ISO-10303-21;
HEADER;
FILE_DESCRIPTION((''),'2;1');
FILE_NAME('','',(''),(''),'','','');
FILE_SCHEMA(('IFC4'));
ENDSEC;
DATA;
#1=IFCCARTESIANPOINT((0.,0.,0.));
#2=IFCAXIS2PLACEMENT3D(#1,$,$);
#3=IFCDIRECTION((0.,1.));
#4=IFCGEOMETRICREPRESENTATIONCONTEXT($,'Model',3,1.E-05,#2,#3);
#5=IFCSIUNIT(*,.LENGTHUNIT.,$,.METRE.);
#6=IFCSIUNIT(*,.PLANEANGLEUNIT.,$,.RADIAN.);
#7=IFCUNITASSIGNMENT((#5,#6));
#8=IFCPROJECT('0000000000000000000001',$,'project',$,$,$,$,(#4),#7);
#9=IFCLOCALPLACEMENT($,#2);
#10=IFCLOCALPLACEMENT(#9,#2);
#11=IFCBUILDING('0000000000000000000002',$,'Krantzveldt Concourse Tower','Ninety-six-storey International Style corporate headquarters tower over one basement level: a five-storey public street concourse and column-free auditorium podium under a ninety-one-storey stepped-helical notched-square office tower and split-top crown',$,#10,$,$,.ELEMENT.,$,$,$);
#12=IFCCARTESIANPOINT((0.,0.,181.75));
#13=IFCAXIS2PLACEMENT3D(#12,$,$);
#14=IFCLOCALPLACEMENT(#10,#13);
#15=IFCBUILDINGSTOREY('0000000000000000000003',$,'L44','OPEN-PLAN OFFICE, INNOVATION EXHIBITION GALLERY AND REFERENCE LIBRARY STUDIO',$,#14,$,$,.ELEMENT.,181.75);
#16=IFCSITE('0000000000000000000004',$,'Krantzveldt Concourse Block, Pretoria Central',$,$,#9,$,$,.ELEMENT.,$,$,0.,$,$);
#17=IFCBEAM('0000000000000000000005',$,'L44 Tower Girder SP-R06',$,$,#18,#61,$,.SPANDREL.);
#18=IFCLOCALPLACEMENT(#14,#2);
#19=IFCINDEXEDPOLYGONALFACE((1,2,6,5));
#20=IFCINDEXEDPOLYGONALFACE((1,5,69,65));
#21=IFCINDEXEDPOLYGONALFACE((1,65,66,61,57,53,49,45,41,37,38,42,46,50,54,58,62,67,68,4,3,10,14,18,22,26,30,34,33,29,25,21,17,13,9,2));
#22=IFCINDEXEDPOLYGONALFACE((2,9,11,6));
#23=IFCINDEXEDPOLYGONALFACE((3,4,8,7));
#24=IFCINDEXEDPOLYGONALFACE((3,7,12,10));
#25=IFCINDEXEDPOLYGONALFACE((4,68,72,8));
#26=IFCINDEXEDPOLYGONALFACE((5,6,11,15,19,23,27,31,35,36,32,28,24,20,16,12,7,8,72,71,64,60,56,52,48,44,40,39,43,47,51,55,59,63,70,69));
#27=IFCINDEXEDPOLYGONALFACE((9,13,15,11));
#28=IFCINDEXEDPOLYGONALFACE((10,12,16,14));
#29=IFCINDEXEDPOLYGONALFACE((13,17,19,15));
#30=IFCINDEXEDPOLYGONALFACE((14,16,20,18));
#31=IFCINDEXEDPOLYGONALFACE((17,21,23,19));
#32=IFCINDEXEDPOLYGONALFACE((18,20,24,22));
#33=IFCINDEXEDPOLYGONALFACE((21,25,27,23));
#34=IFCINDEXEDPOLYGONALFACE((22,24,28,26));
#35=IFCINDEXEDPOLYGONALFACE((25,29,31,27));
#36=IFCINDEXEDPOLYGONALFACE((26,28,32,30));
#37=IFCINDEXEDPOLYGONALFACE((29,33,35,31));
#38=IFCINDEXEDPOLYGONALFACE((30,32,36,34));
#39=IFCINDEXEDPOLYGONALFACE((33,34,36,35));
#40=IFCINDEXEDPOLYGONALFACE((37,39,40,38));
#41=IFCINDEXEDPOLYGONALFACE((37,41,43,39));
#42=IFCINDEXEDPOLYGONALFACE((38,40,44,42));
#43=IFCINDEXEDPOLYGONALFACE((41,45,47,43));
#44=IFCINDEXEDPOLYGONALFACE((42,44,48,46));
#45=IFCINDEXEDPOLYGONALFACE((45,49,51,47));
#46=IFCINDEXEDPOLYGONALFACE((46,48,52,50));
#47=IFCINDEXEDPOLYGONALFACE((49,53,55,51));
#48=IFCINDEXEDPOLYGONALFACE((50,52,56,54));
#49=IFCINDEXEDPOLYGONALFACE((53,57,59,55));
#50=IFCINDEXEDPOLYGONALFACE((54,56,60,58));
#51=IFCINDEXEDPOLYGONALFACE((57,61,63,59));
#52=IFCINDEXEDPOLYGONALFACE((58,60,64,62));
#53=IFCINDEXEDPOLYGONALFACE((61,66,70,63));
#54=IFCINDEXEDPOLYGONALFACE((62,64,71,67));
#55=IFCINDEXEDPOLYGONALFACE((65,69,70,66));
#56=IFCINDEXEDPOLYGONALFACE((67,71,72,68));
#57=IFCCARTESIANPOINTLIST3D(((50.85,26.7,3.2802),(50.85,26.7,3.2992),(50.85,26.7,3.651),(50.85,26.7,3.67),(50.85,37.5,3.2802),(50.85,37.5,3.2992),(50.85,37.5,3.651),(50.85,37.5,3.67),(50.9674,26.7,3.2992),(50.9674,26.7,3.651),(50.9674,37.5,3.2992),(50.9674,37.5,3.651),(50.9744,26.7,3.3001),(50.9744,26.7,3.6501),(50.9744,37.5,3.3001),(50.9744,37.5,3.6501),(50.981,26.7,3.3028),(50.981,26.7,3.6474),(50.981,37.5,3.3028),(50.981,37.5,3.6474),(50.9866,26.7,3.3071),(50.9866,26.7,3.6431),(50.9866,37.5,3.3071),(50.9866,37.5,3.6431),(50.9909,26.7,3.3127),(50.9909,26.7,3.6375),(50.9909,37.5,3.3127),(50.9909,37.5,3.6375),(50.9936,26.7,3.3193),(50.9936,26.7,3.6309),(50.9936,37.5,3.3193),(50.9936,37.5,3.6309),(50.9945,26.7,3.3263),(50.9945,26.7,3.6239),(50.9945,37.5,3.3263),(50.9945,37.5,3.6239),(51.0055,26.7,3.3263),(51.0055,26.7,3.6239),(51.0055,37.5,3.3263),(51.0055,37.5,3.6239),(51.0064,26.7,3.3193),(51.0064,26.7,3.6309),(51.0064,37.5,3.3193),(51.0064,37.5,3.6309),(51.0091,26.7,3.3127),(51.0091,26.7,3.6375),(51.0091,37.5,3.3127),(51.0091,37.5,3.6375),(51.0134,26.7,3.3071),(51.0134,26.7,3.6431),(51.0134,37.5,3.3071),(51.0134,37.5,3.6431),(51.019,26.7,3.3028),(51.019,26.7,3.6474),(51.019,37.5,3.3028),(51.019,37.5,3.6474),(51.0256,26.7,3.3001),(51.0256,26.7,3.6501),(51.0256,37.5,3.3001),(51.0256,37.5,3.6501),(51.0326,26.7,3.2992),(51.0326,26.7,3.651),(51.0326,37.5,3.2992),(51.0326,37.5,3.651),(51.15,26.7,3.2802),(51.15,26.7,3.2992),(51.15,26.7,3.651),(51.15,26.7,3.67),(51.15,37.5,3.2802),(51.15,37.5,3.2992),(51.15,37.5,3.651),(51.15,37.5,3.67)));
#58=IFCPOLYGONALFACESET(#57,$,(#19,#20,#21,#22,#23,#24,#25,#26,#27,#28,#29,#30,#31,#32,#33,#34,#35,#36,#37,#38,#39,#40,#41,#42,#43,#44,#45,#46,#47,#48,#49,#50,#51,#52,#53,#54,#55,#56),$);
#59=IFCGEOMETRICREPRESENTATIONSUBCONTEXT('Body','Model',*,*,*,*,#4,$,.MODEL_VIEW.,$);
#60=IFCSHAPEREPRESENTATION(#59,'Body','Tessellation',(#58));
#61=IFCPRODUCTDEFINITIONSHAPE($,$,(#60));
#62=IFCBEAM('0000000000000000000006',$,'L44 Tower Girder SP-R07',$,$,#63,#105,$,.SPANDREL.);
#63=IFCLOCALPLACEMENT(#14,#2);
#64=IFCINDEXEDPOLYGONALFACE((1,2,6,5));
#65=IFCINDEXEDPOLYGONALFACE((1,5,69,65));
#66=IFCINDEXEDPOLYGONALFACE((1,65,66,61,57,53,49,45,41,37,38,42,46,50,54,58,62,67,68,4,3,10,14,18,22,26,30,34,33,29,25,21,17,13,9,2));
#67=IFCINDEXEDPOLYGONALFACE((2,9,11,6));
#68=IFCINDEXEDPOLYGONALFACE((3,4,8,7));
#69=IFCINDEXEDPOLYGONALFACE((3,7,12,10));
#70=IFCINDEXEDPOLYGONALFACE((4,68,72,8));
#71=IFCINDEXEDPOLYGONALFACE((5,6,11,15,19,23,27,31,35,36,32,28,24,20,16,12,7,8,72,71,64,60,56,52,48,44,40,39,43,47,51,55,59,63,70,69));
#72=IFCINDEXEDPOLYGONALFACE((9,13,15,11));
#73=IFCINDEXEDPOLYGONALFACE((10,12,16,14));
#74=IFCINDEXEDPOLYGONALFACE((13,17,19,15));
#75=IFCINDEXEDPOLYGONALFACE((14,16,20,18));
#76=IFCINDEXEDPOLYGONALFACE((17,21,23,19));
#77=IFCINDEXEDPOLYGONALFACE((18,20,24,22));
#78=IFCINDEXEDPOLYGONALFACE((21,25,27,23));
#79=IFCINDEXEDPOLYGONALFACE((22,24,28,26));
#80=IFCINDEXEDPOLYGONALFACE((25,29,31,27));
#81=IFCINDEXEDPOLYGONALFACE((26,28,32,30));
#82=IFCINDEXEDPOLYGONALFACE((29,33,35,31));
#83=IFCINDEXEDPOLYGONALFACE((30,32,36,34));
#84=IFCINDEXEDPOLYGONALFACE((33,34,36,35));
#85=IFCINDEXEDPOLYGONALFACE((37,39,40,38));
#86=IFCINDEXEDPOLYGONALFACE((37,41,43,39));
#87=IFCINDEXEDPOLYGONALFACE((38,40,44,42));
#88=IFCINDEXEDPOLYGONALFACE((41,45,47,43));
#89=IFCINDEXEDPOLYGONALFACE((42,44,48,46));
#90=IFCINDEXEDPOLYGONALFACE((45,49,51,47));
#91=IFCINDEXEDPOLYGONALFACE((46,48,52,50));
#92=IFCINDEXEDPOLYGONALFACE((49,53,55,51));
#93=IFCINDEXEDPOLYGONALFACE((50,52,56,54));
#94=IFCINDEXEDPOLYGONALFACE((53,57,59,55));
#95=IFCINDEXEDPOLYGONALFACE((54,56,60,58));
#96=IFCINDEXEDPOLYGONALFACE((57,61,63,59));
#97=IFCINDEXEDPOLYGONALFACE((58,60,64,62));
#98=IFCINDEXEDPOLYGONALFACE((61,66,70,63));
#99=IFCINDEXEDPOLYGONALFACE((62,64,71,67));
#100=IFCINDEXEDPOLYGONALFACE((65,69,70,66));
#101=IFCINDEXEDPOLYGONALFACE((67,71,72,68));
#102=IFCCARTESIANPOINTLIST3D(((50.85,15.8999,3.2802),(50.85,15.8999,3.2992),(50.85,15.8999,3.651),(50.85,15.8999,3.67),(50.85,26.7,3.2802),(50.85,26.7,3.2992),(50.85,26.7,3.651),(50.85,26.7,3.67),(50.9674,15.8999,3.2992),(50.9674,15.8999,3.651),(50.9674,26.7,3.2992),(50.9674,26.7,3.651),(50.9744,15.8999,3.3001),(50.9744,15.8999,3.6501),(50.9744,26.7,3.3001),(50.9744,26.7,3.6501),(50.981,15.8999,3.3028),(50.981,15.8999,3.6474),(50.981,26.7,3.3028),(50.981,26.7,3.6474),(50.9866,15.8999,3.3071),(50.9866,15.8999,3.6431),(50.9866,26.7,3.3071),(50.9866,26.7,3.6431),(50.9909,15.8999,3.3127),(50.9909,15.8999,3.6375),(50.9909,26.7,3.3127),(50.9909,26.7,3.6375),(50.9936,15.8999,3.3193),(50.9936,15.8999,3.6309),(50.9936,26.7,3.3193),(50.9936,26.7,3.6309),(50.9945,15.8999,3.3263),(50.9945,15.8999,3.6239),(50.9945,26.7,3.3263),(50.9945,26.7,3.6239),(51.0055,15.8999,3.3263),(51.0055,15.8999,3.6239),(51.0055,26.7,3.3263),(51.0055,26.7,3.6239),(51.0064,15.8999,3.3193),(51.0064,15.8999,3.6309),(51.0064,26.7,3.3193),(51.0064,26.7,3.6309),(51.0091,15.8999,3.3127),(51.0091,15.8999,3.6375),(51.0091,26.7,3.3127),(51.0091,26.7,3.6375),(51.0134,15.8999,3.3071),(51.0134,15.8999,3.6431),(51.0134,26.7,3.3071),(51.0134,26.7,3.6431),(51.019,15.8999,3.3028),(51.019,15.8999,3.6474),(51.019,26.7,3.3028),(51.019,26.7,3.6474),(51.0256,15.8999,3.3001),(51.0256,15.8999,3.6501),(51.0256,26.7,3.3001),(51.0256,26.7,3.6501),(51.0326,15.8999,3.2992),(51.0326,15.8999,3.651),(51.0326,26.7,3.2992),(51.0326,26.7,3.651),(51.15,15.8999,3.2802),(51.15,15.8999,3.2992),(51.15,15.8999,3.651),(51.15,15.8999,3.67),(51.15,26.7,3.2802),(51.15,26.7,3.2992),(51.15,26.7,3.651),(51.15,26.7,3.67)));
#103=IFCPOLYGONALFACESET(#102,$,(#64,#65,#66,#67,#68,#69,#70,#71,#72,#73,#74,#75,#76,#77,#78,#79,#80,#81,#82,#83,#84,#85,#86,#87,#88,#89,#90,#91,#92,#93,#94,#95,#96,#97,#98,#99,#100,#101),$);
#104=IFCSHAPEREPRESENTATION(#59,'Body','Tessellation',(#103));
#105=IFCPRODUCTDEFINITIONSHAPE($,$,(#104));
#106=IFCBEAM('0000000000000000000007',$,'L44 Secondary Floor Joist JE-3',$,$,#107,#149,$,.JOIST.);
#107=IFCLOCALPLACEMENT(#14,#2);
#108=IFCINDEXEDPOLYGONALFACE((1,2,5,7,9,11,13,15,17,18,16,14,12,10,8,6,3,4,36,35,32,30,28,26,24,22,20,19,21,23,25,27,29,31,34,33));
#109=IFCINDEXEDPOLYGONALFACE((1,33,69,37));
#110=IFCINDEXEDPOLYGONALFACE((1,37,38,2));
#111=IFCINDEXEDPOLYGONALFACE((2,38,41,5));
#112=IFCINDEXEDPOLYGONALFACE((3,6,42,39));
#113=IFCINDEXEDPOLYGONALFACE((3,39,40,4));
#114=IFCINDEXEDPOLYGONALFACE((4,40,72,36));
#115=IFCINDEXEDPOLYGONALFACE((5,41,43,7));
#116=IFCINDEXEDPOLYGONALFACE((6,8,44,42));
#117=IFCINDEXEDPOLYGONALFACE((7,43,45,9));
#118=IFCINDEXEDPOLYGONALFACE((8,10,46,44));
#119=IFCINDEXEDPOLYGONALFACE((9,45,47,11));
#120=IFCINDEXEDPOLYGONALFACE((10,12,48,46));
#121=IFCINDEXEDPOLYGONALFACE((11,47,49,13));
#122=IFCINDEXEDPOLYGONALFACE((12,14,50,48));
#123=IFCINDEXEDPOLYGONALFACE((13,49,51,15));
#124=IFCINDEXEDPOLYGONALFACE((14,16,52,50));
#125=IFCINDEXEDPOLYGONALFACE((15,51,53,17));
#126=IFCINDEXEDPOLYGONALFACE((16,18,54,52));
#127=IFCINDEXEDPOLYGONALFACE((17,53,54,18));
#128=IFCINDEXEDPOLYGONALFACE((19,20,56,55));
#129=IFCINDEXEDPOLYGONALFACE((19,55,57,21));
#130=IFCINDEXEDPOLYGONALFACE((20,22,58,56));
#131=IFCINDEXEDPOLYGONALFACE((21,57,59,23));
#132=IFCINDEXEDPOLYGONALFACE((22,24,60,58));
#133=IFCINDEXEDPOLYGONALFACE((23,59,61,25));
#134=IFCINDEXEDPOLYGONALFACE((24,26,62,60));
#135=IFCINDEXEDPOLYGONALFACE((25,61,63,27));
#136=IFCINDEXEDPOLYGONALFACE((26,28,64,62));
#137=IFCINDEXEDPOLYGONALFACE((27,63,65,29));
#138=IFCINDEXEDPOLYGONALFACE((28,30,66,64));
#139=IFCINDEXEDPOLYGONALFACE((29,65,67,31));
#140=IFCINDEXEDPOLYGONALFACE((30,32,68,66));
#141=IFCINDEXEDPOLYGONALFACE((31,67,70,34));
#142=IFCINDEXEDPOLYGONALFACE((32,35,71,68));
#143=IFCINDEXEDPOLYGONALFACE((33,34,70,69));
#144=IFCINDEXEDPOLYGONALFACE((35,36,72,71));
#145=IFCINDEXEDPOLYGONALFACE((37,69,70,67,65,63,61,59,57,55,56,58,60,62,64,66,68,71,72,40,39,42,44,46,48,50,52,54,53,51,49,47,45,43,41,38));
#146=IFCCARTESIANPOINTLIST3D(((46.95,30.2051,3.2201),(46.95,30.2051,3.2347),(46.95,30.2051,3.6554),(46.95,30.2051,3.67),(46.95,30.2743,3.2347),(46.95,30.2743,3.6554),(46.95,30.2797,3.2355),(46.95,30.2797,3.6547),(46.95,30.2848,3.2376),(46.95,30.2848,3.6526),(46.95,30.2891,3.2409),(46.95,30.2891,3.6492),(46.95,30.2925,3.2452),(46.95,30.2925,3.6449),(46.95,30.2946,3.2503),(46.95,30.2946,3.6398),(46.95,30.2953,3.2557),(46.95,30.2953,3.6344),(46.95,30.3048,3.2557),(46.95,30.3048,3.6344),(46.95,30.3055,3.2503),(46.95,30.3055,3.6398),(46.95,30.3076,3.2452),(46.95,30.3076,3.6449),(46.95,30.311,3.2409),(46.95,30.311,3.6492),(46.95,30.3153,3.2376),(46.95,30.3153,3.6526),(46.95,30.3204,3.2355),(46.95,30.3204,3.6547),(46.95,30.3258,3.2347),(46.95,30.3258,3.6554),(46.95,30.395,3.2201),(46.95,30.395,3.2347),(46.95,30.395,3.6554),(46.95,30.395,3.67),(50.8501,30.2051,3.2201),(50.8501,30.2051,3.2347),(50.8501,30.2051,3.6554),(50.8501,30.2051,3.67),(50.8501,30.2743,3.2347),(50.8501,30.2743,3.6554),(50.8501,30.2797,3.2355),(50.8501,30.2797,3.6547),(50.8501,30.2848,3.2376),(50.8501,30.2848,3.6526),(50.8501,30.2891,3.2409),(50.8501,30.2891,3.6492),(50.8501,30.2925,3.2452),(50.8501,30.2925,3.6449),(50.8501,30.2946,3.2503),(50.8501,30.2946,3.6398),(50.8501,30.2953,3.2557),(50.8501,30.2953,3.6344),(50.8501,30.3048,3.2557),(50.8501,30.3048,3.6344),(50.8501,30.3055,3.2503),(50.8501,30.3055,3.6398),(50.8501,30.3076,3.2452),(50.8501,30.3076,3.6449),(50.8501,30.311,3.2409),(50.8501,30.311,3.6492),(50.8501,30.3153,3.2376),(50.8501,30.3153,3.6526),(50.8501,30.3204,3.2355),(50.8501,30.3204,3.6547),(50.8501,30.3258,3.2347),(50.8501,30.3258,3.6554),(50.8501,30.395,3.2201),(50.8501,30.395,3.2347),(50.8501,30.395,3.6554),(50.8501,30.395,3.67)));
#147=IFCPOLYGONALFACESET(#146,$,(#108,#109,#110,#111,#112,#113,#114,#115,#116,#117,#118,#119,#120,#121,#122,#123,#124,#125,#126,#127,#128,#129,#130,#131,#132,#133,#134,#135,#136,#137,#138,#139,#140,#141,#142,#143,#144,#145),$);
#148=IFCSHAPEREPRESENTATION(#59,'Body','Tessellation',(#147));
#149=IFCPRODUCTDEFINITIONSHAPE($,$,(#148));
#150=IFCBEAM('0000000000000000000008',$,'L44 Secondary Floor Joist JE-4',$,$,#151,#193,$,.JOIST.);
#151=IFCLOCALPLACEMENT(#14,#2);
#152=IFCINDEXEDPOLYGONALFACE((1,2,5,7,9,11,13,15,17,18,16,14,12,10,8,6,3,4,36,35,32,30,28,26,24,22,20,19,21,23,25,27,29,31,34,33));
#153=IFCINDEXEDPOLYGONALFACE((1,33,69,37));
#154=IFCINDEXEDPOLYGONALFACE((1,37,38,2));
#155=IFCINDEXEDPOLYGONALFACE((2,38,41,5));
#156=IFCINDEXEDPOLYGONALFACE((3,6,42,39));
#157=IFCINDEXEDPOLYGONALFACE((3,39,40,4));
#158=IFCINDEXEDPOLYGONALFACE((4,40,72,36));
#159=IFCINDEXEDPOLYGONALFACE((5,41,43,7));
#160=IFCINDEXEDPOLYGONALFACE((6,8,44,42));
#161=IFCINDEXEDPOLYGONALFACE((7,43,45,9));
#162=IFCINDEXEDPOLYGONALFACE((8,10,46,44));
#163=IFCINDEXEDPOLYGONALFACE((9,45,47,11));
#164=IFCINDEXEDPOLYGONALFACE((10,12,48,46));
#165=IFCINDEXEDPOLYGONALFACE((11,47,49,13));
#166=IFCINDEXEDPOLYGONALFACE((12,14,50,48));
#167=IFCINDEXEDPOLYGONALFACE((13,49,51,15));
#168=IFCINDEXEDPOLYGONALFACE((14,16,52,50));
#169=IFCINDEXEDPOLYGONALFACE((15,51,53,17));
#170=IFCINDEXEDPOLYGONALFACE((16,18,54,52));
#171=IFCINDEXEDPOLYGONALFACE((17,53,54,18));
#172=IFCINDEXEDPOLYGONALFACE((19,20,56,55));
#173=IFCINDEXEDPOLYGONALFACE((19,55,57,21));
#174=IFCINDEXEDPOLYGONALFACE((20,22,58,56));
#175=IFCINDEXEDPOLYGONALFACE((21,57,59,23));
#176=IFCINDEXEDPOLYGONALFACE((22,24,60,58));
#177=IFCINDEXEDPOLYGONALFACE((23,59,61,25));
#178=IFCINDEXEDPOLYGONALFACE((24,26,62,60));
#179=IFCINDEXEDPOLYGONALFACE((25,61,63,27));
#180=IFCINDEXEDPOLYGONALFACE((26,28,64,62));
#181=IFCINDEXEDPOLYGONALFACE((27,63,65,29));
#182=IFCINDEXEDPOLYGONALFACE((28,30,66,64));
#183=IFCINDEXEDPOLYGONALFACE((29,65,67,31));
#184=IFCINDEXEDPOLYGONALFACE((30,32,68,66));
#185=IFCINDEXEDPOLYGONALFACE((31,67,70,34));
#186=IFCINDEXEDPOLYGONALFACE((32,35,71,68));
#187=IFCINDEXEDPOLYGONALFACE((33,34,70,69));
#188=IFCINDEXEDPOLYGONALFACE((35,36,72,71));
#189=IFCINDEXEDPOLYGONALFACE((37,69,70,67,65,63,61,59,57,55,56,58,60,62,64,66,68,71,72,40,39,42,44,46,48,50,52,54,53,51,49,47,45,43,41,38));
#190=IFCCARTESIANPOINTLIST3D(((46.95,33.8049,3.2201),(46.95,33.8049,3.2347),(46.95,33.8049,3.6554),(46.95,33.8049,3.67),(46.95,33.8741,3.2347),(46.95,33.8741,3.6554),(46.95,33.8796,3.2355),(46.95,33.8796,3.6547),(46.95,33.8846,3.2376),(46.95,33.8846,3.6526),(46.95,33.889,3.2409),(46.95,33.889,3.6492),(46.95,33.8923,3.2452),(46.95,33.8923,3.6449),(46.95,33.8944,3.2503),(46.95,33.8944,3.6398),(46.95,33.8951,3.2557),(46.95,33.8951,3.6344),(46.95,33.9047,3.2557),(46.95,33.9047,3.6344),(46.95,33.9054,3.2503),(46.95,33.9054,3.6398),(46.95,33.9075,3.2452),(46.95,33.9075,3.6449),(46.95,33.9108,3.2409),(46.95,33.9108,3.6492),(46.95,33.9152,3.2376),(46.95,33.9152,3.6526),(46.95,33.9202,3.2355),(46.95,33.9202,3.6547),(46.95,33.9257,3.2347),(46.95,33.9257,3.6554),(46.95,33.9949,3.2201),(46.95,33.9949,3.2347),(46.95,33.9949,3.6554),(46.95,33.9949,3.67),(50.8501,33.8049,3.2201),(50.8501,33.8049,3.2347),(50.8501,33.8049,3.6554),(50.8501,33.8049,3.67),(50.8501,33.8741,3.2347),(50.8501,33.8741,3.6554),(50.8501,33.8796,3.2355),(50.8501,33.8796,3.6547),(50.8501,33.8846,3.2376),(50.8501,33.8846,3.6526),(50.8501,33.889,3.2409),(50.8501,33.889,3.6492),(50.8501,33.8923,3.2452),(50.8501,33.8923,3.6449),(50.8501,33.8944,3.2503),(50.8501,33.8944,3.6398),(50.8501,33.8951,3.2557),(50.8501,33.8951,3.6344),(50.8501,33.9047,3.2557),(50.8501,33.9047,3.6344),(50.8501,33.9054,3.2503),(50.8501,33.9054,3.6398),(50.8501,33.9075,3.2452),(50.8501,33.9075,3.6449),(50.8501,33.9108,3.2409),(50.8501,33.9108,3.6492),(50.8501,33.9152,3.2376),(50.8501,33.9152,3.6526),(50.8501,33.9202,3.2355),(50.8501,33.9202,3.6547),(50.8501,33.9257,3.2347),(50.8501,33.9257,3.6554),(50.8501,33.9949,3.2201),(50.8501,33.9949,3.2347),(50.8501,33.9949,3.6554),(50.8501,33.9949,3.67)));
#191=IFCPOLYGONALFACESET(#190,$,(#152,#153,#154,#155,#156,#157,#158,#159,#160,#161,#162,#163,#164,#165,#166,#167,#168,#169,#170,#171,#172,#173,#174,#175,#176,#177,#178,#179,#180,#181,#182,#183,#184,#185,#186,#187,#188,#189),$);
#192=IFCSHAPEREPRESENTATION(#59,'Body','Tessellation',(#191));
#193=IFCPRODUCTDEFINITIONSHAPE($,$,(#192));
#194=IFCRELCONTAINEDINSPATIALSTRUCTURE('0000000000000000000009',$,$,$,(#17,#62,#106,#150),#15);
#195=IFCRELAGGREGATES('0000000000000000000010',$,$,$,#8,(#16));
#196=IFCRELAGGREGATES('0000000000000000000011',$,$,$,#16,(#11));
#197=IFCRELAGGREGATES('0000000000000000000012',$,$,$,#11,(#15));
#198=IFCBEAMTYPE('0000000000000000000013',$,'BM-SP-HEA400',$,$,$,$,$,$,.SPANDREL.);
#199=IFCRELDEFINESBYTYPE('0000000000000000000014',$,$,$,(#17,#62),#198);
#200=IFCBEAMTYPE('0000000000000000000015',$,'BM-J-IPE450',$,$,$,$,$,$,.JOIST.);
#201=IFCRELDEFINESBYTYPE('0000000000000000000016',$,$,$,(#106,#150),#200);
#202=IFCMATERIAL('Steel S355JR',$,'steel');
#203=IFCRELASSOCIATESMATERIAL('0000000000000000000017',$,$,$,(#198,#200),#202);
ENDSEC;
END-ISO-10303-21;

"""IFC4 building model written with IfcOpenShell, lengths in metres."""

from ifc_helpers import new_model, si_unit, direction, frame, origin, origin_2d, place, context, subcontext, project, spatial, i_section, extrude, source, transform, mapped, material, material_profile, profile_set, type_object, type_shapes, element, save


model = new_model("IFC4")

# Units and contexts
model_context = context("Model", 3, precision=1e-05, world=origin(), true_north=direction((0.0, 1.0)))
body_context = subcontext(model_context, "Body", "Model", "MODEL_VIEW")
ifc_project = project(units=[si_unit("LENGTHUNIT", "METRE"), si_unit("PLANEANGLEUNIT", "RADIAN")], contexts=[model_context])

# Site, building, storey
site_placement = place(None, origin())
site = spatial("IfcSite", under=ifc_project, at=site_placement, Name="Krantzveldt Concourse Block, Pretoria Central", CompositionType="ELEMENT", RefElevation=0.0)
building_placement = place(site_placement, origin())
building = spatial("IfcBuilding", under=site, at=building_placement, Name="Krantzveldt Concourse Tower", Description="Ninety-six-storey International Style corporate headquarters tower over one basement level: a five-storey public street concourse and column-free auditorium podium under a ninety-one-storey stepped-helical notched-square office tower and split-top crown", CompositionType="ELEMENT")
storey_placement = place(building_placement, frame((0.0, 0.0, 181.75)))
storey = spatial("IfcBuildingStorey", under=building, at=storey_placement, Name="L44", Description="OPEN-PLAN OFFICE, INNOVATION EXHIBITION GALLERY AND REFERENCE LIBRARY STUDIO", CompositionType="ELEMENT", Elevation=181.75)

# Beams
ifc_material_1 = material(Name="Steel S355JR", Category="steel")
ifc_material_profile_1 = material_profile(ifc_material_1, i_section(OverallWidth=0.3, OverallDepth=0.3899, WebThickness=0.011, FlangeThickness=0.019, FilletRadius=0.0271, at=origin_2d()), Name="Steel S355JR", Category="steel")
ifc_profile_set_1 = profile_set([ifc_material_profile_1], Name="Steel S355JR - HEA 400")
beam_type_1 = type_object("IfcBeamType", Name="BM-SP-HEA400", PredefinedType="SPANDREL", material=ifc_profile_set_1)
shared_shape_1 = source(origin(), body_context, "Body", "SweptSolid", [
    extrude(i_section(OverallWidth=0.3, OverallDepth=0.3899, WebThickness=0.011, FlangeThickness=0.019, FilletRadius=0.0271, at=origin_2d()), origin(), (0.0, 0.0, 1.0), 10.8),
])
type_shapes(beam_type_1, [shared_shape_1])
for number, where, z_axis, x_axis, name in (
    (1, (51.0, 37.5, 3.4751), (0.0, -1.0, 0.0), (1.0, 0.0, 0.0), "L44 Tower Girder SP-R06"),
    (2, (51.0, 26.7, 3.4751), (0.0, -1.0, 0.0), (1.0, 0.0, 0.0), "L44 Tower Girder SP-R07"),
):
    element("IfcBeam", number, at=place(storey_placement, frame(where, z_axis=z_axis, x_axis=x_axis)), inside=storey, type_object=beam_type_1, Name=name, PredefinedType="SPANDREL", context=body_context, shape_type="MappedRepresentation", body=[
        mapped(shared_shape_1, transform((0.0, 0.0, 0.0), x_axis=(1.0, 0.0, 0.0), y_axis=(0.0, 1.0, 0.0), z_axis=(0.0, 0.0, 1.0), scale=1.0)),
    ])
ifc_material_profile_2 = material_profile(ifc_material_1, i_section(OverallWidth=0.1899, OverallDepth=0.45, WebThickness=0.0095, FlangeThickness=0.0146, FilletRadius=0.021, at=origin_2d()), Name="Steel S355JR", Category="steel")
ifc_profile_set_2 = profile_set([ifc_material_profile_2], Name="Steel S355JR - IPE 450")
beam_type_2 = type_object("IfcBeamType", Name="BM-J-IPE450", PredefinedType="JOIST", material=ifc_profile_set_2)
shared_shape_2 = source(origin(), body_context, "Body", "SweptSolid", [
    extrude(i_section(OverallWidth=0.1899, OverallDepth=0.45, WebThickness=0.0095, FlangeThickness=0.0146, FilletRadius=0.021, at=origin_2d()), origin(), (0.0, 0.0, 1.0), 3.9001),
])
type_shapes(beam_type_2, [shared_shape_2])
for number, where, z_axis, x_axis, name in (
    (3, (46.95, 30.3, 3.4451), (1.0, 0.0, 0.0), (0.0, 1.0, 0.0), "L44 Secondary Floor Joist JE-3"),
    (4, (46.95, 33.8999, 3.4451), (1.0, 0.0, 0.0), (0.0, 1.0, 0.0), "L44 Secondary Floor Joist JE-4"),
):
    element("IfcBeam", number, at=place(storey_placement, frame(where, z_axis=z_axis, x_axis=x_axis)), inside=storey, type_object=beam_type_2, Name=name, PredefinedType="JOIST", context=body_context, shape_type="MappedRepresentation", body=[
        mapped(shared_shape_2, transform((0.0, 0.0, 0.0), x_axis=(1.0, 0.0, 0.0), y_axis=(0.0, 1.0, 0.0), z_axis=(0.0, 0.0, 1.0), scale=1.0)),
    ])

save(model, "model.ifc")
